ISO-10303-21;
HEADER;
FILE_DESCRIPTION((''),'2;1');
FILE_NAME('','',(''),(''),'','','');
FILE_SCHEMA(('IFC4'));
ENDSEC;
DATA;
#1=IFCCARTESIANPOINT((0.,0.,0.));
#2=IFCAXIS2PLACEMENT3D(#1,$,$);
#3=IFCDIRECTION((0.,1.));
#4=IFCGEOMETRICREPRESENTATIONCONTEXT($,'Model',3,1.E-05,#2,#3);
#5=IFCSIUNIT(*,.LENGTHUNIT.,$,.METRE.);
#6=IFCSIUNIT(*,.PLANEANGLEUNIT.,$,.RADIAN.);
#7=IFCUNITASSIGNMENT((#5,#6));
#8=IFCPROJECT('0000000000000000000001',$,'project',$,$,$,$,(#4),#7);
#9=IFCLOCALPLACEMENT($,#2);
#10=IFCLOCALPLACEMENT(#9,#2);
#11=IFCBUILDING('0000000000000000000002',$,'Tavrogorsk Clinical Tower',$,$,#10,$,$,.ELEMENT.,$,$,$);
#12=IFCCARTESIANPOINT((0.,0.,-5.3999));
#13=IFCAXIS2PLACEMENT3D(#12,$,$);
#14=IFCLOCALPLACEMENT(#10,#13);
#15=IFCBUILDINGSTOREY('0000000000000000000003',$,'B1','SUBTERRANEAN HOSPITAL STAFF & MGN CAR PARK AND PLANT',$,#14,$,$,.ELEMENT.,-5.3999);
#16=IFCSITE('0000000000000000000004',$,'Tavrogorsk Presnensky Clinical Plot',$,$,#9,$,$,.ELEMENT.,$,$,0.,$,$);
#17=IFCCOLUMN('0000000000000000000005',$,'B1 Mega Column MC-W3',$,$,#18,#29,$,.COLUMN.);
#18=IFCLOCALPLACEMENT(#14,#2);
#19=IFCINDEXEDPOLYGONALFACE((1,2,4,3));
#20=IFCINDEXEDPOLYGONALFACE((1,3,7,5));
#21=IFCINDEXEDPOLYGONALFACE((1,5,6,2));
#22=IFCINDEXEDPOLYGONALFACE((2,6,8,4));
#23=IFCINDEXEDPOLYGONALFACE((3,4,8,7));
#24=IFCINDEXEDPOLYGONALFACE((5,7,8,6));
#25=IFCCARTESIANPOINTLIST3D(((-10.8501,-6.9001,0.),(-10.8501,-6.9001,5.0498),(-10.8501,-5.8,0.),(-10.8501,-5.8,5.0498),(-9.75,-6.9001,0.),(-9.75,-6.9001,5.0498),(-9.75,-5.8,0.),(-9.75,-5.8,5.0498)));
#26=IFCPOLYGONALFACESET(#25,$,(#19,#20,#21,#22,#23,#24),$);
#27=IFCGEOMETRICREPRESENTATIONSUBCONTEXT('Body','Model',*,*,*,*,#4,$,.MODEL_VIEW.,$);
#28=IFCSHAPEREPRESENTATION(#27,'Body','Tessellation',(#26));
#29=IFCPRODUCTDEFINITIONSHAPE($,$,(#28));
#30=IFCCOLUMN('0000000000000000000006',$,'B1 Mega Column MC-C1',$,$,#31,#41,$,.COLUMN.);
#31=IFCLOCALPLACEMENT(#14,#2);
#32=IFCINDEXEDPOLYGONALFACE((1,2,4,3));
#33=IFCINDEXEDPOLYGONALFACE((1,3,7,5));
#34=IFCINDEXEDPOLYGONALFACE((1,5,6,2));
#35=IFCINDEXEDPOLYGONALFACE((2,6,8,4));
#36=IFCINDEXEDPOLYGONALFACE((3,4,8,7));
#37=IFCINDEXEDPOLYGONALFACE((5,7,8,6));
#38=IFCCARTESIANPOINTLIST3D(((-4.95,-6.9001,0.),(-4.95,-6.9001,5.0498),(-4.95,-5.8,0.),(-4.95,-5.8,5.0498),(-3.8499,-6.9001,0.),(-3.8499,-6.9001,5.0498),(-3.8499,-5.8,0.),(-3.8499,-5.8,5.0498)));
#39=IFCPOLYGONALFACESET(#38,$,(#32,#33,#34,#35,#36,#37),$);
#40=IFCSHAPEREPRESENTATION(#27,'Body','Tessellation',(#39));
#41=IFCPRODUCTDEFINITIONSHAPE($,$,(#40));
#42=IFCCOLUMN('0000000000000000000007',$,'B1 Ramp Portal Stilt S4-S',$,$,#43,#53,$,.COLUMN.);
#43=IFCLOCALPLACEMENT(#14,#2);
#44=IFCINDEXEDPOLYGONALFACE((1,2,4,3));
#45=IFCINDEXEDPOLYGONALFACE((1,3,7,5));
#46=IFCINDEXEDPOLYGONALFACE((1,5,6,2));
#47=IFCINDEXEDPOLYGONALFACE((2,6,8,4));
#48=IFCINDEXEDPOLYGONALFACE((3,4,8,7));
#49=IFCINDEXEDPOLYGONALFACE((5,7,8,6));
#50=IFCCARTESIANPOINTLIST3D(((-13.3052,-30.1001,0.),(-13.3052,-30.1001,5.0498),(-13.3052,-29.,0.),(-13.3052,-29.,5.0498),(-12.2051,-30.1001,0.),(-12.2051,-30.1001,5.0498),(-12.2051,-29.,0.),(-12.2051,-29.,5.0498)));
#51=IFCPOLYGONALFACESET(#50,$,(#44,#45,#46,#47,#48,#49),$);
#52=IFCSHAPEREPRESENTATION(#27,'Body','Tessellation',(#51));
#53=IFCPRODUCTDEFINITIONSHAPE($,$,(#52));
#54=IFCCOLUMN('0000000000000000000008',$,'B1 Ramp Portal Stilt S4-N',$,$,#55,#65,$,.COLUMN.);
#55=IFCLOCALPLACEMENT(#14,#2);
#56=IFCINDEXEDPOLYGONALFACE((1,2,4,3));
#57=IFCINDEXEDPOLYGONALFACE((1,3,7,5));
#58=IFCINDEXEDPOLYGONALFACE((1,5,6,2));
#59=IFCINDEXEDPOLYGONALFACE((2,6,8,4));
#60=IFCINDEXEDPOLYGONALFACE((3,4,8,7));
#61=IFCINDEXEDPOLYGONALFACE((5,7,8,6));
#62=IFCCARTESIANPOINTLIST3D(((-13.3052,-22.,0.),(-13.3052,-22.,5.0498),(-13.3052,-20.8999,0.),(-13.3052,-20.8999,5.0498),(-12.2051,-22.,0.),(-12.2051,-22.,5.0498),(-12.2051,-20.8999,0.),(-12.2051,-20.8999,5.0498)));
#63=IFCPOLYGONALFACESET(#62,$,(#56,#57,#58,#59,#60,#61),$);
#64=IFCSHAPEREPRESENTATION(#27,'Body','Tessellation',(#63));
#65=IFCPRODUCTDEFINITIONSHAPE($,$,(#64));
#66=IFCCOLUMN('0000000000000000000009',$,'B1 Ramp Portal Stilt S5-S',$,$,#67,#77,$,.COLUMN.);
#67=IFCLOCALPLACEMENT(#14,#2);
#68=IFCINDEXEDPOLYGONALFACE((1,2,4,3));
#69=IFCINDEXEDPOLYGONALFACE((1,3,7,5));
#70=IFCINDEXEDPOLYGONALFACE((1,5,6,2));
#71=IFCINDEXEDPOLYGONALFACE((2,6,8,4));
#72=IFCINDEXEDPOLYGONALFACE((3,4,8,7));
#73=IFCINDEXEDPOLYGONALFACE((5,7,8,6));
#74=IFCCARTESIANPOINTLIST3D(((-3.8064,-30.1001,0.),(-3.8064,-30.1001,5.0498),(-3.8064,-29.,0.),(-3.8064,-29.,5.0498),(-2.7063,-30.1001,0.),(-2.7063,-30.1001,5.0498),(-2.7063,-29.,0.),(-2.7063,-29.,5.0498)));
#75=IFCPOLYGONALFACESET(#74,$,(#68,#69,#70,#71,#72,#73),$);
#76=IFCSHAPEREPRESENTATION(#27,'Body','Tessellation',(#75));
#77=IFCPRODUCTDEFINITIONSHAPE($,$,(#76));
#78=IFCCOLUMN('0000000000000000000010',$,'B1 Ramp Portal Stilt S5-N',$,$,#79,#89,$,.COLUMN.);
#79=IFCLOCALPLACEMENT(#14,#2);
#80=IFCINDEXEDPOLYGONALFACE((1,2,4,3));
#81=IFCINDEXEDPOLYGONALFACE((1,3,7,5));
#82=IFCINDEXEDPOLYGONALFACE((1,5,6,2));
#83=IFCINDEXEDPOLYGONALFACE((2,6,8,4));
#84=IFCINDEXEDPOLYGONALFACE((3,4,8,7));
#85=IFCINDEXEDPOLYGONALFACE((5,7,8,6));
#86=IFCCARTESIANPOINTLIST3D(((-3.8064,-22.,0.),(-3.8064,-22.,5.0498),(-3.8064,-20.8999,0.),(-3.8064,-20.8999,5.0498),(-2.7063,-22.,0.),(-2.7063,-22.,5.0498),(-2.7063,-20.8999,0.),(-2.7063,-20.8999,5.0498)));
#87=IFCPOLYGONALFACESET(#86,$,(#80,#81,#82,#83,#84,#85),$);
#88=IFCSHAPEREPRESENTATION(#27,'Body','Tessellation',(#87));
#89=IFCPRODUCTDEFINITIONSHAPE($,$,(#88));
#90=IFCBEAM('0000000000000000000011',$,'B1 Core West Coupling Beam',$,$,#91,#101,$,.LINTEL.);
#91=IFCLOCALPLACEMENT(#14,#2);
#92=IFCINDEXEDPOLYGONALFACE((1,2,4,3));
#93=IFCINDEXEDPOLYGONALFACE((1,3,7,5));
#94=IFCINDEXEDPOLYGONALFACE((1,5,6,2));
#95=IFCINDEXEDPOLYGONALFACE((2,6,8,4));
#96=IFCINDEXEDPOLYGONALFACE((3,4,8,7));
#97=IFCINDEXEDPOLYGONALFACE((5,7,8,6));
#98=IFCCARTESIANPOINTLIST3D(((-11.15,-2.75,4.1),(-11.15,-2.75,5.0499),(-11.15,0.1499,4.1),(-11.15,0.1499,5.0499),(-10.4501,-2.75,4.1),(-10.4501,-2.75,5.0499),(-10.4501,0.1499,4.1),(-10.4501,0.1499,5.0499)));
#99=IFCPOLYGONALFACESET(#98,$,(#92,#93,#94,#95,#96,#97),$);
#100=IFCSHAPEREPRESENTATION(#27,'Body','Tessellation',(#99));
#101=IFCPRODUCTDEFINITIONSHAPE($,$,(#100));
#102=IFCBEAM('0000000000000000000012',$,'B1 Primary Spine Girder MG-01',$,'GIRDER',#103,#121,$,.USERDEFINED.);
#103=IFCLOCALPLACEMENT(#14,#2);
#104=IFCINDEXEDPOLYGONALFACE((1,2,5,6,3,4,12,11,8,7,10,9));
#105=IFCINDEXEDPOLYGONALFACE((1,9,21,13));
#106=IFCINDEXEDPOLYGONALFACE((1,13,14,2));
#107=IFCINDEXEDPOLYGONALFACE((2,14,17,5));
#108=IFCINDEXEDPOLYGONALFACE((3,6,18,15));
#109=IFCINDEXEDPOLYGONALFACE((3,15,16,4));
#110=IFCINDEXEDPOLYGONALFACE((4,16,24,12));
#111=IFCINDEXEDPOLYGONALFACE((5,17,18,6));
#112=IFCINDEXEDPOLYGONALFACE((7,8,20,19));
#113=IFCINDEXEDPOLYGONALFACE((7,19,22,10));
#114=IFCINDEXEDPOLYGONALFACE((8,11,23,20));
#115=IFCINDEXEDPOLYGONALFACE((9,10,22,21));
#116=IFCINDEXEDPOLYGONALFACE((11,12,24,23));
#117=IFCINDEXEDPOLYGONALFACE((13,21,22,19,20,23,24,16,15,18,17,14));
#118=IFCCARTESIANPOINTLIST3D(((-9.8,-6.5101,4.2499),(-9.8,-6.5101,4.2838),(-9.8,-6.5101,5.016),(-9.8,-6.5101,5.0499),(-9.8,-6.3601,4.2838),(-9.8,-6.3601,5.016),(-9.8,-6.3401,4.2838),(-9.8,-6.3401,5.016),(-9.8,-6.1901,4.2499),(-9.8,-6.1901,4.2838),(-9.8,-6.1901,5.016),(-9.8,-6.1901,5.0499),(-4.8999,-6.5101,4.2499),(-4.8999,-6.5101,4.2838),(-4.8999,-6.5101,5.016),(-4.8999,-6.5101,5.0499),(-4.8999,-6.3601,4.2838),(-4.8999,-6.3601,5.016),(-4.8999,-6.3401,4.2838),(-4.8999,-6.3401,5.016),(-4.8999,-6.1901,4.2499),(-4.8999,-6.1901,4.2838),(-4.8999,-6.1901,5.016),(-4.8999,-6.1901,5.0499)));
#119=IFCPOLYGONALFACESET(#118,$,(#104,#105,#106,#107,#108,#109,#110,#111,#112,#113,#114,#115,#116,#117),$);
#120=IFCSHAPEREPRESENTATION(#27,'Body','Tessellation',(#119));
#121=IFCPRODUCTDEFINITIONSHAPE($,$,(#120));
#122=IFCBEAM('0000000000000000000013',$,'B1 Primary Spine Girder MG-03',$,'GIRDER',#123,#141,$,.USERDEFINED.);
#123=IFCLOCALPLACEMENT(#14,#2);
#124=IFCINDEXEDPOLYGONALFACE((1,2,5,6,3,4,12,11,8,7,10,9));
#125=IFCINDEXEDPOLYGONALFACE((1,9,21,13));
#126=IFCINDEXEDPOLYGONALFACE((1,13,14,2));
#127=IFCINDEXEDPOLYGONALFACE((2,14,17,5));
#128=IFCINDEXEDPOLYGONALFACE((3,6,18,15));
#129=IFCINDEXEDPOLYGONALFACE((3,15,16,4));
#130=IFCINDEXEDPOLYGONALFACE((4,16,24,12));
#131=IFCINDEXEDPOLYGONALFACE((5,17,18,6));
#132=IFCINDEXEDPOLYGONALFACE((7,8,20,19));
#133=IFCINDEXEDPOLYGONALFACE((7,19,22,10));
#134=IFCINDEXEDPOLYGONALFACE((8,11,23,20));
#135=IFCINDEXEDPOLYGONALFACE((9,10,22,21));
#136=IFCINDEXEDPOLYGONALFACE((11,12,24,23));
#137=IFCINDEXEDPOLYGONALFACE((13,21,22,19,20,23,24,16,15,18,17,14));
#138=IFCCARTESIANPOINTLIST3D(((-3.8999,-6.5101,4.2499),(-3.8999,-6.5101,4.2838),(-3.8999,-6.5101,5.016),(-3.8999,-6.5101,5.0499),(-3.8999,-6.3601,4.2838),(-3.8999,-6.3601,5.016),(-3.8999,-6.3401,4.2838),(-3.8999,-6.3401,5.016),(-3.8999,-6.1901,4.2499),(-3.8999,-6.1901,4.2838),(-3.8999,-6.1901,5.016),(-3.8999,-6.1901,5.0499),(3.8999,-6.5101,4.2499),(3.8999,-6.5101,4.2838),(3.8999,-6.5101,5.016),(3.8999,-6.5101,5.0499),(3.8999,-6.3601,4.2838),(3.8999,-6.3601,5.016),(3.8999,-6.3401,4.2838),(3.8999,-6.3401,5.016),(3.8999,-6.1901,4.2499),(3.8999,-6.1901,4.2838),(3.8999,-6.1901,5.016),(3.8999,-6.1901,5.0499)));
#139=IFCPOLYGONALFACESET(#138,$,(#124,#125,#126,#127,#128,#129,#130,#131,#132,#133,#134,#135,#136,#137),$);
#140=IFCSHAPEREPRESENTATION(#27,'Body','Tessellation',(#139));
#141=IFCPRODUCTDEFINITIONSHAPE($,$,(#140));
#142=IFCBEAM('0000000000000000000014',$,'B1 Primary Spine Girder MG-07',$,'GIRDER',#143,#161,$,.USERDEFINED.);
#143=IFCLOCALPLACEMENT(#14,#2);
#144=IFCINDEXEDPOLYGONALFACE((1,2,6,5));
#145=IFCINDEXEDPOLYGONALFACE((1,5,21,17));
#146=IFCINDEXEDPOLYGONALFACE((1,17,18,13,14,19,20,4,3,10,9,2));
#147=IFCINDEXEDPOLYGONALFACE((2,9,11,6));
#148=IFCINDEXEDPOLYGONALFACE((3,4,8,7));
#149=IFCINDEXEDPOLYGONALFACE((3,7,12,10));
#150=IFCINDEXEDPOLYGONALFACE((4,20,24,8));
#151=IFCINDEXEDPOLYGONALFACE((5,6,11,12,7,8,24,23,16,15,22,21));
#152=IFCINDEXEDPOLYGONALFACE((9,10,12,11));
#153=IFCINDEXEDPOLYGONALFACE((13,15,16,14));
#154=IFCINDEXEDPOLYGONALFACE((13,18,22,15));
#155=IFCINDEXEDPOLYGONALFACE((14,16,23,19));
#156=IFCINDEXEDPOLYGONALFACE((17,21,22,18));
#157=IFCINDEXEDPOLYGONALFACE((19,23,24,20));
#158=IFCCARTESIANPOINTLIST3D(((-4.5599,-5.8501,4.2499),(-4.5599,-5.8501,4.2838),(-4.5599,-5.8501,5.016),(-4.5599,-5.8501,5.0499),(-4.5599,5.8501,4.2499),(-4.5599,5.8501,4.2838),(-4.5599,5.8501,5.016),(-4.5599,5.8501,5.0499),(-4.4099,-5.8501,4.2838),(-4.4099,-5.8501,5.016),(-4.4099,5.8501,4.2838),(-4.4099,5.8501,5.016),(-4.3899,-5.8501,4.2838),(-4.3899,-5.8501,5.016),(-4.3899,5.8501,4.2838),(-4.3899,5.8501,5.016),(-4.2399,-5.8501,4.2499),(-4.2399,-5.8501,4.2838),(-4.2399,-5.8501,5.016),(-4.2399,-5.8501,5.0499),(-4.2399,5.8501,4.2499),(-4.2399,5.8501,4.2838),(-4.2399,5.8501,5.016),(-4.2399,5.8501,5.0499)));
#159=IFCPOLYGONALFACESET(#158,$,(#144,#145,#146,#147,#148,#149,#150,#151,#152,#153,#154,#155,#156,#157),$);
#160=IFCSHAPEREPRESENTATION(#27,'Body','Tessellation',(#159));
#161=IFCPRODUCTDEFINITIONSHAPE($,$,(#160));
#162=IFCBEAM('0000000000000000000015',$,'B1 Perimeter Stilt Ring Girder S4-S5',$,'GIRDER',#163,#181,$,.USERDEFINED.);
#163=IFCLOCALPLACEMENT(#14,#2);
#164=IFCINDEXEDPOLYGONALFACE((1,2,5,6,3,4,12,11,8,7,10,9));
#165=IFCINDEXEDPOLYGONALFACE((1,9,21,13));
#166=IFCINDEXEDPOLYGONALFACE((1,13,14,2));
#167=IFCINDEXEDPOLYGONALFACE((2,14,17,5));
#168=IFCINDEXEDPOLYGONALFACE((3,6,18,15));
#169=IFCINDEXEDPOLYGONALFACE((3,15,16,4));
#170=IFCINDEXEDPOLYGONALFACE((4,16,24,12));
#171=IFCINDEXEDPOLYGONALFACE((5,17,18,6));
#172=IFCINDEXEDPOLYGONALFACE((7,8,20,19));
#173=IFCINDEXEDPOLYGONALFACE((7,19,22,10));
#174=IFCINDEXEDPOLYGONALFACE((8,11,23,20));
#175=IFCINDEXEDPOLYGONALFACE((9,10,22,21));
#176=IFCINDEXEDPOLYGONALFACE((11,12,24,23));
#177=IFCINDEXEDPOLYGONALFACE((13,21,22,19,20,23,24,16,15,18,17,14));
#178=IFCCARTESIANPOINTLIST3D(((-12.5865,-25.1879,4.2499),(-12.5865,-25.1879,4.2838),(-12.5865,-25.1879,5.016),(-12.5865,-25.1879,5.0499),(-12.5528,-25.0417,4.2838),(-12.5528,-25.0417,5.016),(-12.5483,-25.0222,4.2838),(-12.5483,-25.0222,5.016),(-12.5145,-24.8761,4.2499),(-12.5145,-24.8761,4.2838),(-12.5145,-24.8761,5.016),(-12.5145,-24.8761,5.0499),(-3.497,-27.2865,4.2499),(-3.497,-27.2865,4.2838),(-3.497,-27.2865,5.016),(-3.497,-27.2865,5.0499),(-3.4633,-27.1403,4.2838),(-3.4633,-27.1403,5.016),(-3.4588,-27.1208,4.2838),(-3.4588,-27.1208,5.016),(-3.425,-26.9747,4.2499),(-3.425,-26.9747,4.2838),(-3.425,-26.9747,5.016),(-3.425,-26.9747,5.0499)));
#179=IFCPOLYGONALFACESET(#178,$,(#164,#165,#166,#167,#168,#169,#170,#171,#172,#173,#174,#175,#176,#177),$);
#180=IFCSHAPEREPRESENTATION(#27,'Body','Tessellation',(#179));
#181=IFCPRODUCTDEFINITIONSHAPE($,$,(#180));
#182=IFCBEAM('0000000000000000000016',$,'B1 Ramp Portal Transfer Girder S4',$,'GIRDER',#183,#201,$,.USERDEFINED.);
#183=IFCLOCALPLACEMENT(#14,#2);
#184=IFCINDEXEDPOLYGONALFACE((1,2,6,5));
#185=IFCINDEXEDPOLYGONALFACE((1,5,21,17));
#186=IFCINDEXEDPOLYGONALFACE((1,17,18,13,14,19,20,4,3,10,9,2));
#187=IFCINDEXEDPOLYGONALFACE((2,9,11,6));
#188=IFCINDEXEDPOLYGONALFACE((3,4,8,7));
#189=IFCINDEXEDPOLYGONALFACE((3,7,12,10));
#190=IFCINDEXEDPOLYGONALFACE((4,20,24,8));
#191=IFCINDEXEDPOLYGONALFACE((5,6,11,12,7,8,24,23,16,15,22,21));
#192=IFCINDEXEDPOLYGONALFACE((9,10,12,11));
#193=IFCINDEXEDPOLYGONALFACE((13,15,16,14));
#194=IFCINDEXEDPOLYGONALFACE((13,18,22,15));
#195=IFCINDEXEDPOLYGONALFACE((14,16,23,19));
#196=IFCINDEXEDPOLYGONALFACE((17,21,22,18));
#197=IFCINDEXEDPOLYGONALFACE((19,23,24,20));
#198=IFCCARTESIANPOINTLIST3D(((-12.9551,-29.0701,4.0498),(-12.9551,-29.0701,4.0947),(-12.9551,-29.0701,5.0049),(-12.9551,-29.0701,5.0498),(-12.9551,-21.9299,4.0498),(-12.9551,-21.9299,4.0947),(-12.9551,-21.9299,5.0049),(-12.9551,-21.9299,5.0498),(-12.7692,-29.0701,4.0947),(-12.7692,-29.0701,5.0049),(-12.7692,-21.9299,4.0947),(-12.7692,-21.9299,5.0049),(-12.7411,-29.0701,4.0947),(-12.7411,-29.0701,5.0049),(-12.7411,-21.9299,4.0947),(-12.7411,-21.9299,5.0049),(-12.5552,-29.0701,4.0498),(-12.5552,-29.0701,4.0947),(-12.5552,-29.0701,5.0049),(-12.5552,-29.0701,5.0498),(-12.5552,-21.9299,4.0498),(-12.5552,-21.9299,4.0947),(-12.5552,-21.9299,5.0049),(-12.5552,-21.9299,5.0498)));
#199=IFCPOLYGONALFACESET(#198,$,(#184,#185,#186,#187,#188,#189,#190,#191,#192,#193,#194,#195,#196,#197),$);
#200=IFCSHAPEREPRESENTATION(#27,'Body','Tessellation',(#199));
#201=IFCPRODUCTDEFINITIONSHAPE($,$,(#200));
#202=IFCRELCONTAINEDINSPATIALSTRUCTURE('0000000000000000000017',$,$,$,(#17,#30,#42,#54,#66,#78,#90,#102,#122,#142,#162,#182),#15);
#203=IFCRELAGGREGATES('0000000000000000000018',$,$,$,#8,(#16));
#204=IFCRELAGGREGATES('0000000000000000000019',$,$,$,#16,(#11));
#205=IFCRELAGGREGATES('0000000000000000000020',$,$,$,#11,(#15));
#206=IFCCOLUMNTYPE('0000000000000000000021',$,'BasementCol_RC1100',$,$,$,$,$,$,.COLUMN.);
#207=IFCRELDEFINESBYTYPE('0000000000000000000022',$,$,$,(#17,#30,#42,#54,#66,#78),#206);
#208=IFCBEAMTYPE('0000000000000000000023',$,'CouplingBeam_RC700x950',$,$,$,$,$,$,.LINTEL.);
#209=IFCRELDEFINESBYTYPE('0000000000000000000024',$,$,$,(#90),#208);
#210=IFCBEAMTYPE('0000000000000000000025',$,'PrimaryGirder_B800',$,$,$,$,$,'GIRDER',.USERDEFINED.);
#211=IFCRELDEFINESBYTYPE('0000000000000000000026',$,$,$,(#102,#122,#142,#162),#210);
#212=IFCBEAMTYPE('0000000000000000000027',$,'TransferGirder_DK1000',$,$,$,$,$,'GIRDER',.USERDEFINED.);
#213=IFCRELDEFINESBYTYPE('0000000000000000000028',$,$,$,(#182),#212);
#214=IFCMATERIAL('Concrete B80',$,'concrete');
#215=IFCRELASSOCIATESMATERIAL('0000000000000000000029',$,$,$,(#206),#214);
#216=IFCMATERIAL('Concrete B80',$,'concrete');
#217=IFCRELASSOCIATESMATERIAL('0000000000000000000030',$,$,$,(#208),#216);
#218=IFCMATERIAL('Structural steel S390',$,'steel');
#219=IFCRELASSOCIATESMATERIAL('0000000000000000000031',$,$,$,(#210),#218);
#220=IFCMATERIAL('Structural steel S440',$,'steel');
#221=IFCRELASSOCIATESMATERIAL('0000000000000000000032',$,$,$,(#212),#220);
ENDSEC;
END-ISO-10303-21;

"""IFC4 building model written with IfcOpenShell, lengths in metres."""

from ifc_helpers import new_model, si_unit, direction, frame, origin, origin_2d, place, context, subcontext, project, spatial, rectangle, i_section, extrude, material, material_profile, profile_set, type_object, element, save


model = new_model("IFC4")

# Units and contexts
model_context = context("Model", 3, precision=1e-05, world=origin(), true_north=direction((0.0, 1.0)))
body_context = subcontext(model_context, "Body", "Model", "MODEL_VIEW")
ifc_project = project(units=[si_unit("LENGTHUNIT", "METRE"), si_unit("PLANEANGLEUNIT", "RADIAN")], contexts=[model_context])

# Site, building, storey
site_placement = place(None, origin())
site = spatial("IfcSite", under=ifc_project, at=site_placement, Name="Tavrogorsk Presnensky Clinical Plot", CompositionType="ELEMENT", RefElevation=0.0)
building_placement = place(site_placement, origin())
building = spatial("IfcBuilding", under=site, at=building_placement, Name="Tavrogorsk Clinical Tower", CompositionType="ELEMENT")
storey_placement = place(building_placement, frame((0.0, 0.0, -5.3999)))
storey = spatial("IfcBuildingStorey", under=building, at=storey_placement, Name="B1", Description="SUBTERRANEAN HOSPITAL STAFF & MGN CAR PARK AND PLANT", CompositionType="ELEMENT", Elevation=-5.3999)

# Columns
ifc_material_1 = material(Name="Concrete B80", Category="concrete")
ifc_material_profile_1 = material_profile(ifc_material_1, rectangle(XDim=1.1001, YDim=1.1001, at=origin_2d()), Name="RC-COL-1100x1100")
ifc_profile_set_1 = profile_set([ifc_material_profile_1], Name="Concrete B80")
column_type = type_object("IfcColumnType", Name="BasementCol_RC1100", PredefinedType="COLUMN", material=ifc_profile_set_1)
for number, where, z_axis, x_axis, name in (
    (1, (-10.3, -6.3501, 0.0), (0.0, 0.0, 1.0), (1.0, 0.0, 0.0), "B1 Mega Column MC-W3"),
    (2, (-4.3999, -6.3501, 0.0), (0.0, 0.0, 1.0), (1.0, 0.0, 0.0), "B1 Mega Column MC-C1"),
    (3, (-12.7551, -29.55, 0.0), (0.0, 0.0, 1.0), (1.0, 0.0, 0.0), "B1 Ramp Portal Stilt S4-S"),
    (4, (-12.7551, -21.45, 0.0), (0.0, 0.0, 1.0), (1.0, 0.0, 0.0), "B1 Ramp Portal Stilt S4-N"),
    (5, (-3.2563, -29.55, 0.0), (0.0, 0.0, 1.0), (1.0, 0.0, 0.0), "B1 Ramp Portal Stilt S5-S"),
    (6, (-3.2563, -21.45, 0.0), (0.0, 0.0, 1.0), (1.0, 0.0, 0.0), "B1 Ramp Portal Stilt S5-N"),
):
    element("IfcColumn", number, at=place(storey_placement, frame(where, z_axis=z_axis, x_axis=x_axis)), inside=storey, type_object=column_type, Name=name, PredefinedType="COLUMN", context=body_context, shape_type="SweptSolid", body=[
        extrude(rectangle(XDim=1.1001, YDim=1.1001, at=origin_2d()), origin(), (0.0, 0.0, 1.0), 5.0498),
    ])

# Beams
ifc_material_2 = material(Name="Concrete B80", Category="concrete")
ifc_material_profile_2 = material_profile(ifc_material_2, rectangle(XDim=0.7, YDim=0.95, at=origin_2d()), Name="RC-CB-700x950")
ifc_profile_set_2 = profile_set([ifc_material_profile_2], Name="Concrete B80")
beam_type_1 = type_object("IfcBeamType", Name="CouplingBeam_RC700x950", PredefinedType="LINTEL", material=ifc_profile_set_2)
beam_1_placement = place(storey_placement, frame((-10.8, -2.75, 4.575), z_axis=(0.0, 1.0, 0.0), x_axis=(-1.0, 0.0, 0.0)))
element("IfcBeam", 7, at=beam_1_placement, inside=storey, type_object=beam_type_1, Name="B1 Core West Coupling Beam", PredefinedType="LINTEL", context=body_context, shape_type="SweptSolid", body=[
    extrude(rectangle(XDim=0.7, YDim=0.95, at=origin_2d()), origin(), (0.0, 0.0, 1.0), 2.8999),
])
ifc_material_3 = material(Name="Structural steel S390", Category="steel")
ifc_material_profile_3 = material_profile(ifc_material_3, i_section(OverallWidth=0.3201, OverallDepth=0.8, WebThickness=0.02, FlangeThickness=0.0339, at=origin_2d()), Name="B-800x320x20x34")
ifc_profile_set_3 = profile_set([ifc_material_profile_3], Name="Structural steel S390")
beam_type_2 = type_object("IfcBeamType", Name="PrimaryGirder_B800", ElementType="GIRDER", PredefinedType="USERDEFINED", material=ifc_profile_set_3)
beam_2_placement = place(storey_placement, frame((-9.8, -6.3501, 4.6499), z_axis=(1.0, 0.0, 0.0), x_axis=(0.0, 1.0, 0.0)))
element("IfcBeam", 8, at=beam_2_placement, inside=storey, type_object=beam_type_2, Name="B1 Primary Spine Girder MG-01", ObjectType="GIRDER", PredefinedType="USERDEFINED", context=body_context, shape_type="SweptSolid", body=[
    extrude(i_section(OverallWidth=0.3201, OverallDepth=0.8, WebThickness=0.02, FlangeThickness=0.0339, at=origin_2d()), origin(), (0.0, 0.0, 1.0), 4.9001),
])
beam_3_placement = place(storey_placement, frame((-3.8999, -6.3501, 4.6499), z_axis=(1.0, 0.0, 0.0), x_axis=(0.0, 1.0, 0.0)))
element("IfcBeam", 9, at=beam_3_placement, inside=storey, type_object=beam_type_2, Name="B1 Primary Spine Girder MG-03", ObjectType="GIRDER", PredefinedType="USERDEFINED", context=body_context, shape_type="SweptSolid", body=[
    extrude(i_section(OverallWidth=0.3201, OverallDepth=0.8, WebThickness=0.02, FlangeThickness=0.0339, at=origin_2d()), origin(), (0.0, 0.0, 1.0), 7.7998),
])
beam_4_placement = place(storey_placement, frame((-4.3999, -5.8501, 4.6499), z_axis=(0.0, 1.0, 0.0), x_axis=(-1.0, 0.0, 0.0)))
element("IfcBeam", 10, at=beam_4_placement, inside=storey, type_object=beam_type_2, Name="B1 Primary Spine Girder MG-07", ObjectType="GIRDER", PredefinedType="USERDEFINED", context=body_context, shape_type="SweptSolid", body=[
    extrude(i_section(OverallWidth=0.3201, OverallDepth=0.8, WebThickness=0.02, FlangeThickness=0.0339, at=origin_2d()), origin(), (0.0, 0.0, 1.0), 11.7002),
])
beam_5_placement = place(storey_placement, frame((-12.5505, -25.032, 4.6499), z_axis=(0.974367, -0.224965, 0.0), x_axis=(0.224965, 0.974367, 0.0)))
element("IfcBeam", 11, at=beam_5_placement, inside=storey, type_object=beam_type_2, Name="B1 Perimeter Stilt Ring Girder S4-S5", ObjectType="GIRDER", PredefinedType="USERDEFINED", context=body_context, shape_type="SweptSolid", body=[
    extrude(i_section(OverallWidth=0.3201, OverallDepth=0.8, WebThickness=0.02, FlangeThickness=0.0339, at=origin_2d()), origin(), (0.0, 0.0, 1.0), 9.3286),
])
ifc_material_4 = material(Name="Structural steel S440", Category="steel")
ifc_material_profile_4 = material_profile(ifc_material_4, i_section(OverallWidth=0.3999, OverallDepth=1.0, WebThickness=0.0281, FlangeThickness=0.0449, at=origin_2d()), Name="DK-1000x400x28x45")
ifc_profile_set_4 = profile_set([ifc_material_profile_4], Name="Structural steel S440")
beam_type_3 = type_object("IfcBeamType", Name="TransferGirder_DK1000", ElementType="GIRDER", PredefinedType="USERDEFINED", material=ifc_profile_set_4)
for number, where, z_axis, x_axis, name in (
    (12, (-12.7551, -29.0701, 4.5498), (0.0, 1.0, 0.0), (-1.0, 0.0, 0.0), "B1 Ramp Portal Transfer Girder S4"),
):
    element("IfcBeam", number, at=place(storey_placement, frame(where, z_axis=z_axis, x_axis=x_axis)), inside=storey, type_object=beam_type_3, Name=name, ObjectType="GIRDER", PredefinedType="USERDEFINED", context=body_context, shape_type="SweptSolid", body=[
        extrude(i_section(OverallWidth=0.3999, OverallDepth=1.0, WebThickness=0.0281, FlangeThickness=0.0449, at=origin_2d()), origin(), (0.0, 0.0, 1.0), 7.1401),
    ])

save(model, "model.ifc")
